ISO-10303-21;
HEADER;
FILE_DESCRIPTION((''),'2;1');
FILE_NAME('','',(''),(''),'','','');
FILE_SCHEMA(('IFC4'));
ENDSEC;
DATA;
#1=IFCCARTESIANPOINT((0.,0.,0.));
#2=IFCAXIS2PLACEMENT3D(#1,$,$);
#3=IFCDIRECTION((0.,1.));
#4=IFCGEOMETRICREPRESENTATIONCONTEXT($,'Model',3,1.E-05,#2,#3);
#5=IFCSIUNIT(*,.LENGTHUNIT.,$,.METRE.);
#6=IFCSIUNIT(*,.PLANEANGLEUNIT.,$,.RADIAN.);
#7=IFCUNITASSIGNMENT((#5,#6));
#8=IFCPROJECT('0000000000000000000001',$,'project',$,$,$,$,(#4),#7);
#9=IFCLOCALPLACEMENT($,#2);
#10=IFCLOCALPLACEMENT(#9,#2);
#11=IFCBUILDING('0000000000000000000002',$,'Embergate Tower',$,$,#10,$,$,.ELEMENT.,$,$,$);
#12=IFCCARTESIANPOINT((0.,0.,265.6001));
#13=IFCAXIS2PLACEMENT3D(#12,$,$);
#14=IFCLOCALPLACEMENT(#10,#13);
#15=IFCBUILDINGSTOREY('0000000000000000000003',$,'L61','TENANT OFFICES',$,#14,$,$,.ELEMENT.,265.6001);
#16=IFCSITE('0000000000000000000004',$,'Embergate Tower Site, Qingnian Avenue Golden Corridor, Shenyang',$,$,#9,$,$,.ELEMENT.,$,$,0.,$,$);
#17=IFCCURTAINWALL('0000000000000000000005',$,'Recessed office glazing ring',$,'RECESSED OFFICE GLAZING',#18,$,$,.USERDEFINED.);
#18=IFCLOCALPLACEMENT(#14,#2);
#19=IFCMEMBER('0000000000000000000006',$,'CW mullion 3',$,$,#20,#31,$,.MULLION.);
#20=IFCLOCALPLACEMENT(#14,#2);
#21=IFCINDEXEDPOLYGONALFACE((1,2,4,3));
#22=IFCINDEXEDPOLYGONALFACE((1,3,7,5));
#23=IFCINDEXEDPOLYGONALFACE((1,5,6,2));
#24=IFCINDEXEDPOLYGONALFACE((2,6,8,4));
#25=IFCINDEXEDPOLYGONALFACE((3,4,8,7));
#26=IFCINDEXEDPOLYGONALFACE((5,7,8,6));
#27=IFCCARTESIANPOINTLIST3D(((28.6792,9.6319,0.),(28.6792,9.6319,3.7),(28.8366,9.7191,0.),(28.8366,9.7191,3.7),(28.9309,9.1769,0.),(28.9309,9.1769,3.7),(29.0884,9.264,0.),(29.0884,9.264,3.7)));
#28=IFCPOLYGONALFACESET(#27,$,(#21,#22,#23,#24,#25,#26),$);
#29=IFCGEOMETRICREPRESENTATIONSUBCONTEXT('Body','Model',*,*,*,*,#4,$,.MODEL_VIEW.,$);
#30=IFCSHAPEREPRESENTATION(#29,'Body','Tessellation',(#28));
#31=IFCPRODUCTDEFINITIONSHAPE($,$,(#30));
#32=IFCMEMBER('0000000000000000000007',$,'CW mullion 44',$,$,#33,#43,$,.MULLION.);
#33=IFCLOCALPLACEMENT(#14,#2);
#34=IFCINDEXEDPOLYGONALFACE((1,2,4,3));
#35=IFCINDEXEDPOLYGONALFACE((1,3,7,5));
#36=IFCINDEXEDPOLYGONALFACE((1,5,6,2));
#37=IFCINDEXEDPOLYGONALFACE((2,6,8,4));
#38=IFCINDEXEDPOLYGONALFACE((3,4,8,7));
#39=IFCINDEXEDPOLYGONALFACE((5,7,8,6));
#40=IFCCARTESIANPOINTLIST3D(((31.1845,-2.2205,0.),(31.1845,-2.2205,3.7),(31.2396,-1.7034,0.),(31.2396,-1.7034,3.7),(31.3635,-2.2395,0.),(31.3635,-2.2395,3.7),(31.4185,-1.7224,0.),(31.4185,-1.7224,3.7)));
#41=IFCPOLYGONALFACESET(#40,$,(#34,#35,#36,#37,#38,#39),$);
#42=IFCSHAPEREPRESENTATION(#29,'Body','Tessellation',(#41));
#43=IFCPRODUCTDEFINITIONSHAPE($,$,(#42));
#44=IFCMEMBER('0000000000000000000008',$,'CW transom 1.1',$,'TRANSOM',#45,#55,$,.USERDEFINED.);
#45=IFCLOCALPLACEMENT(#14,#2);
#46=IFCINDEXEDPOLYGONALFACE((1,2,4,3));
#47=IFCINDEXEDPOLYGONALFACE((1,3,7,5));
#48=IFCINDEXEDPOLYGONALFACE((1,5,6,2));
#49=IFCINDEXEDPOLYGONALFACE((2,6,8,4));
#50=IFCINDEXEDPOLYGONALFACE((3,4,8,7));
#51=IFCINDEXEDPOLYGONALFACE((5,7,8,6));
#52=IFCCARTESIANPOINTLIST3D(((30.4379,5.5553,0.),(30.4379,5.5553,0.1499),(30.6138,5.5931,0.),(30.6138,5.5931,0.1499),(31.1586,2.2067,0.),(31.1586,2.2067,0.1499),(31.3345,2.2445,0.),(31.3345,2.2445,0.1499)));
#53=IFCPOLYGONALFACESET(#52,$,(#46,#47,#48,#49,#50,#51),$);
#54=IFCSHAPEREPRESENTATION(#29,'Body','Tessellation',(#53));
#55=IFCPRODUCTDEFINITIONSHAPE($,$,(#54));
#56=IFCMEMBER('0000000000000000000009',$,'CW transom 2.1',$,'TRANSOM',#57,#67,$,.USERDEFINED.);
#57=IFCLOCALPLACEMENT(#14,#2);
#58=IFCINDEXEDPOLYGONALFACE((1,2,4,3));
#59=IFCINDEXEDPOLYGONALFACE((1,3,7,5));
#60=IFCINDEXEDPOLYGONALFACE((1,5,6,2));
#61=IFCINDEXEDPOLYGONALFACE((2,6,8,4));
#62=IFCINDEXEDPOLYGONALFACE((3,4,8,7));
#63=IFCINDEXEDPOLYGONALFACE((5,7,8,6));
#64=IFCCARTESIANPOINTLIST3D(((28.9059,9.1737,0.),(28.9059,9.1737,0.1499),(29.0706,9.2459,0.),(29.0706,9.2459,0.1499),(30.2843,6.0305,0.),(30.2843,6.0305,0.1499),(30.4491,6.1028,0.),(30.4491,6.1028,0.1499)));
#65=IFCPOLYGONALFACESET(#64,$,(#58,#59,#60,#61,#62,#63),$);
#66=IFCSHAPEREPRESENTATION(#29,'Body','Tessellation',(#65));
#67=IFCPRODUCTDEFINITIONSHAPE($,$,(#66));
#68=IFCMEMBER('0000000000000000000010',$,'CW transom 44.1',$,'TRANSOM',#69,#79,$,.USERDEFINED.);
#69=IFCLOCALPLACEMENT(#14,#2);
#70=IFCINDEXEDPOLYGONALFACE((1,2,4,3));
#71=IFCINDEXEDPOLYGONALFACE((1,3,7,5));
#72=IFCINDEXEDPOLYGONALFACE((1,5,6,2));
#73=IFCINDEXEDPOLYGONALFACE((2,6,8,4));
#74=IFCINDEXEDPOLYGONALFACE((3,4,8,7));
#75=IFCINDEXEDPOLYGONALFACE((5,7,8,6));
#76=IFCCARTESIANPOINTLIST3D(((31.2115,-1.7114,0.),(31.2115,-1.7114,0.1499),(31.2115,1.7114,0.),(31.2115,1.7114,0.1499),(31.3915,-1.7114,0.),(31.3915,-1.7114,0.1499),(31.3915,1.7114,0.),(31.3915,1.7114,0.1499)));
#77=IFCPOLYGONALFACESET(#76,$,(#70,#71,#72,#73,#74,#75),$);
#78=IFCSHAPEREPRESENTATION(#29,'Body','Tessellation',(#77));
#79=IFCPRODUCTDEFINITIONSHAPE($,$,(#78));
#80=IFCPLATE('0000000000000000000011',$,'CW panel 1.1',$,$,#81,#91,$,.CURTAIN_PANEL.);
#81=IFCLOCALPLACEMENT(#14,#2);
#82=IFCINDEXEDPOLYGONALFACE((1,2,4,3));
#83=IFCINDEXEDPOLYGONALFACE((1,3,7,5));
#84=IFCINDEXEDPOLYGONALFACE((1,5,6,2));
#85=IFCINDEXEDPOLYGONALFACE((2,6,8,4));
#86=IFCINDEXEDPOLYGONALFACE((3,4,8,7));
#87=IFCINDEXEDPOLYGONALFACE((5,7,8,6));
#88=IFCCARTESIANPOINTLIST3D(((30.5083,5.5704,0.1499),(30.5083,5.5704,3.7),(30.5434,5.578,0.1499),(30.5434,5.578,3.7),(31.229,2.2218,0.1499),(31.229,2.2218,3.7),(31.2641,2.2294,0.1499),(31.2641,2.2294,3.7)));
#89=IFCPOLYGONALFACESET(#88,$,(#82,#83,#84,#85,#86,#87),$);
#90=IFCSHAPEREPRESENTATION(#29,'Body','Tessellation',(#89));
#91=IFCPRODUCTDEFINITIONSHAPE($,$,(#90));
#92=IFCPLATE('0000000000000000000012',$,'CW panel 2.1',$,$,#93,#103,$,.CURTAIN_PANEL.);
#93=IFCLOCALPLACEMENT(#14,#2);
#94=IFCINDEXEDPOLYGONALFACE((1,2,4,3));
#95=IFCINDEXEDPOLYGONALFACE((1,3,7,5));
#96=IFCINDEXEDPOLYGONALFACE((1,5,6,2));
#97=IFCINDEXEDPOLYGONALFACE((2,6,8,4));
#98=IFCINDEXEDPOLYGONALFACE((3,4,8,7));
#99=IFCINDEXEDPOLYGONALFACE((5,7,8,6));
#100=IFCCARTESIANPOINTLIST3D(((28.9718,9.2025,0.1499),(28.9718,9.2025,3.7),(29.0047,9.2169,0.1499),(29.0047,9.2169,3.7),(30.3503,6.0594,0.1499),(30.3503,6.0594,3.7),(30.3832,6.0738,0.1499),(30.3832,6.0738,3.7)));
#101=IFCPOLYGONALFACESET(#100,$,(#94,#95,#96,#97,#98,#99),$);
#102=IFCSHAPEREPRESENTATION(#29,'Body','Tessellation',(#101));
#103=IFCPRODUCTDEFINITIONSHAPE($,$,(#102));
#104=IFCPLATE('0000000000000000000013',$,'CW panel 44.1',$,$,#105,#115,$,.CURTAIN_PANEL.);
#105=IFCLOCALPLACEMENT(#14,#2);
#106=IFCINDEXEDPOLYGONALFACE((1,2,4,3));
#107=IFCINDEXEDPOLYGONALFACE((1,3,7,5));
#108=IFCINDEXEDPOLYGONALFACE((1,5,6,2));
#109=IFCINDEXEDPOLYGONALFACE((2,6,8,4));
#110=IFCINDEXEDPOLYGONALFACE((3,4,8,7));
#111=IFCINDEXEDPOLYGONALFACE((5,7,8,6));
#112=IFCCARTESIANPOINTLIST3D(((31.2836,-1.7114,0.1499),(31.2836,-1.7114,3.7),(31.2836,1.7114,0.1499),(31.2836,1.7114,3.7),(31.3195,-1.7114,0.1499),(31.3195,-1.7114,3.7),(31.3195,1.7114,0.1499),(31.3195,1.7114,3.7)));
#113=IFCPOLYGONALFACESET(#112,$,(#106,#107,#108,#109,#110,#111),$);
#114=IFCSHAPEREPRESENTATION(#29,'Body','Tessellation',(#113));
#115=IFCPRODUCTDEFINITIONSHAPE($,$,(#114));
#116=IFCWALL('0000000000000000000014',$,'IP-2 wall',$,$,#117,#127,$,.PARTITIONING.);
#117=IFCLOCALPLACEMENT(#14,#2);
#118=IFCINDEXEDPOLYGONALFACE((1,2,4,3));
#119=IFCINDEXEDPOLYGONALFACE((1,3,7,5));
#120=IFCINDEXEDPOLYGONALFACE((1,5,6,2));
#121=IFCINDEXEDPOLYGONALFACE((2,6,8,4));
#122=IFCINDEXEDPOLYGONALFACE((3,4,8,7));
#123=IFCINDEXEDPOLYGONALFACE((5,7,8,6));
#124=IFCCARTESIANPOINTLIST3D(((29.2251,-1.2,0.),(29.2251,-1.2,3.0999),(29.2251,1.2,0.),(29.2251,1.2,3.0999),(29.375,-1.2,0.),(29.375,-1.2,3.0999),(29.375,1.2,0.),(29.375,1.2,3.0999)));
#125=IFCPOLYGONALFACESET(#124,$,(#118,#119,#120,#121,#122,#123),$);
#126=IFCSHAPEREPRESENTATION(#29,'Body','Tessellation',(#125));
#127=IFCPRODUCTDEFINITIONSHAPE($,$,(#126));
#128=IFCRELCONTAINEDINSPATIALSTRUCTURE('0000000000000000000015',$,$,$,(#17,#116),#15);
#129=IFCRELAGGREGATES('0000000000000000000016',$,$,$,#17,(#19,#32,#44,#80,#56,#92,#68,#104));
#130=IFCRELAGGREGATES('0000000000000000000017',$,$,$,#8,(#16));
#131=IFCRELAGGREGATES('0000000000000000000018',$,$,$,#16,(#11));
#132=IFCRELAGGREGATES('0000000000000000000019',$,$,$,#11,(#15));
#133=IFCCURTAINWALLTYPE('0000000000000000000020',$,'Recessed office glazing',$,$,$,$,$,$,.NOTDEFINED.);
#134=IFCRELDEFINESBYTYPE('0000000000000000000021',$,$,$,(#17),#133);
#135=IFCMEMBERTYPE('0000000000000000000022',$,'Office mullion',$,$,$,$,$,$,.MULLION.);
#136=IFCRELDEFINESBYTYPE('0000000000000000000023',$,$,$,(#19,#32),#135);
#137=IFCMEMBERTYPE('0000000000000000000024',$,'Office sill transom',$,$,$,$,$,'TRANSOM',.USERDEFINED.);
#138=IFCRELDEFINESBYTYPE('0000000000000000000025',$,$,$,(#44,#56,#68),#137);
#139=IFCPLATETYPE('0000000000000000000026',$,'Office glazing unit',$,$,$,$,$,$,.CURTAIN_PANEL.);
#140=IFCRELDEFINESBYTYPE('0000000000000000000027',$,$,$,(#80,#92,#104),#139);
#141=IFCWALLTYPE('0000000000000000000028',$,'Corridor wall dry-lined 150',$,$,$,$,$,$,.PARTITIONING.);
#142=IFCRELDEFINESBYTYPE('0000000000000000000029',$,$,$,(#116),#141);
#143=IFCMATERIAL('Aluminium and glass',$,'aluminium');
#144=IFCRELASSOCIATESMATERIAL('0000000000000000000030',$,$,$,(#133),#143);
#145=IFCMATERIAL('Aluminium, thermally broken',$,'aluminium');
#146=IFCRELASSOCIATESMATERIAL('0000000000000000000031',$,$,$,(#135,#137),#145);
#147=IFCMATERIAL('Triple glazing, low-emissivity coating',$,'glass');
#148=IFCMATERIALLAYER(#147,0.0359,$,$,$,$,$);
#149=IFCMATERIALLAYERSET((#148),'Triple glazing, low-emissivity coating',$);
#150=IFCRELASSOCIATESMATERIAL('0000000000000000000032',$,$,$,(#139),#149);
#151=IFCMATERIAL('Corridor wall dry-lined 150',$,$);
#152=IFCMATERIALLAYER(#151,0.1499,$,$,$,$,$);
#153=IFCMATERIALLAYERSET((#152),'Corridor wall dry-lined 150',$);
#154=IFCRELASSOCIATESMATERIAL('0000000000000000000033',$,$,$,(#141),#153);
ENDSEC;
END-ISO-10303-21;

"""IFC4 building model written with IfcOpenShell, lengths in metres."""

from ifc_helpers import new_model, si_unit, direction, frame, frame_2d, origin, origin_2d, place, context, subcontext, project, spatial, rectangle, extrude, source, transform, mapped, material, layer, layer_set, material_profile, profile_set, type_object, element, aggregate, save


model = new_model("IFC4")

# Units and contexts
model_context = context("Model", 3, precision=1e-05, world=origin(), true_north=direction((0.0, 1.0)))
body_context = subcontext(model_context, "Body", "Model", "MODEL_VIEW")
ifc_project = project(units=[si_unit("LENGTHUNIT", "METRE"), si_unit("PLANEANGLEUNIT", "RADIAN")], contexts=[model_context])

# Site, building, storey
site_placement = place(None, origin())
site = spatial("IfcSite", under=ifc_project, at=site_placement, Name="Embergate Tower Site, Qingnian Avenue Golden Corridor, Shenyang", CompositionType="ELEMENT", RefElevation=0.0)
building_placement = place(site_placement, origin())
building = spatial("IfcBuilding", under=site, at=building_placement, Name="Embergate Tower", CompositionType="ELEMENT")
storey_placement = place(building_placement, frame((0.0, 0.0, 265.6001)))
storey = spatial("IfcBuildingStorey", under=building, at=storey_placement, Name="L61", Description="TENANT OFFICES", CompositionType="ELEMENT", Elevation=265.6001)

# Curtain wall, members, plates
ifc_material_1 = material(Name="Aluminium and glass", Category="aluminium")
curtain_wall_type = type_object("IfcCurtainWallType", Name="Recessed office glazing", PredefinedType="NOTDEFINED", material=ifc_material_1)
curtain_wall_placement = place(storey_placement, origin())
curtain_wall = element("IfcCurtainWall", 1, at=curtain_wall_placement, inside=storey, type_object=curtain_wall_type, Name="Recessed office glazing ring", ObjectType="RECESSED OFFICE GLAZING", PredefinedType="USERDEFINED")
ifc_material_2 = material(Name="Aluminium, thermally broken", Category="aluminium")
ifc_material_profile_1 = material_profile(ifc_material_2, rectangle(XDim=0.1799, YDim=0.52, at=origin_2d()), Name="AL 520x180")
ifc_profile_set_1 = profile_set([ifc_material_profile_1], Name="Aluminium, thermally broken")
member_type_1 = type_object("IfcMemberType", Name="Office mullion", PredefinedType="MULLION", material=ifc_profile_set_1)
shared_shape_1 = source(origin(), body_context, "Body", "SweptSolid", [
    extrude(rectangle(XDim=0.1799, YDim=0.52, at=origin_2d()), origin(), (0.0, 0.0, 1.0), 3.7),
])
member_1_placement = place(storey_placement, frame((28.8838, 9.448, 0.0), z_axis=(0.0, 0.0, 1.0), x_axis=(-0.874993, -0.484136, 0.0)))
member_1 = element("IfcMember", 2, at=member_1_placement, type_object=member_type_1, Name="CW mullion 3", PredefinedType="MULLION", context=body_context, shape_type="MappedRepresentation", body=[
    mapped(shared_shape_1, transform((0.0, 0.0, 0.0))),
])
member_2_placement = place(storey_placement, frame((31.3015, -1.9714, 0.0), z_axis=(0.0, 0.0, 1.0), x_axis=(-0.994384, 0.10583, 0.0)))
member_2 = element("IfcMember", 3, at=member_2_placement, type_object=member_type_1, Name="CW mullion 44", PredefinedType="MULLION", context=body_context, shape_type="MappedRepresentation", body=[
    mapped(shared_shape_1, transform((0.0, 0.0, 0.0))),
])
ifc_material_profile_2 = material_profile(ifc_material_2, rectangle(XDim=0.1799, YDim=0.1499, at=origin_2d()), Name="AL 150x180")
ifc_profile_set_2 = profile_set([ifc_material_profile_2], Name="Aluminium, thermally broken")
member_type_2 = type_object("IfcMemberType", Name="Office sill transom", ElementType="TRANSOM", PredefinedType="USERDEFINED", material=ifc_profile_set_2)
shared_shape_2 = source(origin(), body_context, "Body", "SweptSolid", [
    extrude(rectangle(XDim=0.1799, YDim=0.1499, at=origin_2d()), origin(), (0.0, 0.0, 1.0), 3.4253),
])
member_3_placement = place(storey_placement, frame((31.2466, 2.2256, 0.075), z_axis=(-0.210405, 0.977614, 0.0), x_axis=(-0.977614, -0.210405, 0.0)))
member_3 = element("IfcMember", 4, at=member_3_placement, type_object=member_type_2, Name="CW transom 1.1", ObjectType="TRANSOM", PredefinedType="USERDEFINED", context=body_context, shape_type="MappedRepresentation", body=[
    mapped(shared_shape_2, transform((0.0, 0.0, 0.0))),
])
shared_shape_3 = source(origin(), body_context, "Body", "SweptSolid", [
    extrude(rectangle(XDim=0.1799, YDim=0.1499, at=origin_2d()), origin(), (0.0, 0.0, 1.0), 3.4321),
])
member_4_placement = place(storey_placement, frame((30.3667, 6.0667, 0.075), z_axis=(-0.401632, 0.915801, 0.0), x_axis=(-0.915801, -0.401632, 0.0)))
member_4 = element("IfcMember", 5, at=member_4_placement, type_object=member_type_2, Name="CW transom 2.1", ObjectType="TRANSOM", PredefinedType="USERDEFINED", context=body_context, shape_type="MappedRepresentation", body=[
    mapped(shared_shape_3, transform((0.0, 0.0, 0.0))),
])
shared_shape_4 = source(origin(), body_context, "Body", "SweptSolid", [
    extrude(rectangle(XDim=0.1799, YDim=0.1499, at=origin_2d()), origin(), (0.0, 0.0, 1.0), 3.4229),
])
member_5_placement = place(storey_placement, frame((31.3015, -1.7114, 0.075), z_axis=(0.0, 1.0, 0.0), x_axis=(-1.0, 0.0, 0.0)))
member_5 = element("IfcMember", 6, at=member_5_placement, type_object=member_type_2, Name="CW transom 44.1", ObjectType="TRANSOM", PredefinedType="USERDEFINED", context=body_context, shape_type="MappedRepresentation", body=[
    mapped(shared_shape_4, transform((0.0, 0.0, 0.0))),
])
ifc_material_3 = material(Name="Triple glazing, low-emissivity coating", Category="glass")
ifc_layer_1 = layer(ifc_material_3, 0.0359)
ifc_layer_set_1 = layer_set([ifc_layer_1], Name="Triple glazing, low-emissivity coating")
plate_type = type_object("IfcPlateType", Name="Office glazing unit", PredefinedType="CURTAIN_PANEL", material=ifc_layer_set_1)
shared_shape_5 = source(origin(), body_context, "Body", "SweptSolid", [
    extrude(rectangle(XDim=3.4253, YDim=0.0359, at=origin_2d()), origin(), (0.0, 0.0, 1.0), 3.55),
])
plate_1_placement = place(storey_placement, frame((30.8862, 3.8999, 0.1499), z_axis=(0.0, 0.0, 1.0), x_axis=(-0.210402, 0.977615, 0.0)))
plate_1 = element("IfcPlate", 7, at=plate_1_placement, type_object=plate_type, Name="CW panel 1.1", PredefinedType="CURTAIN_PANEL", context=body_context, shape_type="MappedRepresentation", body=[
    mapped(shared_shape_5, transform((0.0, 0.0, 0.0))),
])
shared_shape_6 = source(origin(), body_context, "Body", "SweptSolid", [
    extrude(rectangle(XDim=3.4321, YDim=0.0359, at=origin_2d()), origin(), (0.0, 0.0, 1.0), 3.55),
])
plate_2_placement = place(storey_placement, frame((29.6775, 7.6382, 0.1499), z_axis=(0.0, 0.0, 1.0), x_axis=(-0.401658, 0.91579, 0.0)))
plate_2 = element("IfcPlate", 8, at=plate_2_placement, type_object=plate_type, Name="CW panel 2.1", PredefinedType="CURTAIN_PANEL", context=body_context, shape_type="MappedRepresentation", body=[
    mapped(shared_shape_6, transform((0.0, 0.0, 0.0))),
])
shared_shape_7 = source(origin(), body_context, "Body", "SweptSolid", [
    extrude(rectangle(XDim=3.4229, YDim=0.0359, at=origin_2d()), origin(), (0.0, 0.0, 1.0), 3.55),
])
plate_3_placement = place(storey_placement, frame((31.3015, 0.0, 0.1499), z_axis=(0.0, 0.0, 1.0), x_axis=(0.0, 1.0, 0.0)))
plate_3 = element("IfcPlate", 9, at=plate_3_placement, type_object=plate_type, Name="CW panel 44.1", PredefinedType="CURTAIN_PANEL", context=body_context, shape_type="MappedRepresentation", body=[
    mapped(shared_shape_7, transform((0.0, 0.0, 0.0))),
])
aggregate(curtain_wall, [member_1, member_2, member_3, plate_1, member_4, plate_2, member_5, plate_3])

# Wall
ifc_material_4 = material(Name="Corridor wall dry-lined 150")
ifc_layer_2 = layer(ifc_material_4, 0.1499)
ifc_layer_set_2 = layer_set([ifc_layer_2], Name="Corridor wall dry-lined 150")
wall_type_1 = type_object("IfcWallType", Name="Corridor wall dry-lined 150", PredefinedType="PARTITIONING", material=ifc_layer_set_2)
shared_shape_8 = source(origin(), body_context, "Body", "SweptSolid", [
    extrude(rectangle(XDim=2.3999, YDim=0.1499, at=frame_2d((1.2, 0.0))), origin(), (0.0, 0.0, 1.0), 3.0999),
])
wall_1_placement = place(storey_placement, frame((29.3, -1.2, 0.0), z_axis=(0.0, 0.0, 1.0), x_axis=(0.0, 1.0, 0.0)))
element("IfcWall", 10, at=wall_1_placement, inside=storey, type_object=wall_type_1, Name="IP-2 wall", PredefinedType="PARTITIONING", context=body_context, shape_type="MappedRepresentation", body=[
    mapped(shared_shape_8, transform((0.0, 0.0, 0.0))),
])

save(model, "model.ifc")
